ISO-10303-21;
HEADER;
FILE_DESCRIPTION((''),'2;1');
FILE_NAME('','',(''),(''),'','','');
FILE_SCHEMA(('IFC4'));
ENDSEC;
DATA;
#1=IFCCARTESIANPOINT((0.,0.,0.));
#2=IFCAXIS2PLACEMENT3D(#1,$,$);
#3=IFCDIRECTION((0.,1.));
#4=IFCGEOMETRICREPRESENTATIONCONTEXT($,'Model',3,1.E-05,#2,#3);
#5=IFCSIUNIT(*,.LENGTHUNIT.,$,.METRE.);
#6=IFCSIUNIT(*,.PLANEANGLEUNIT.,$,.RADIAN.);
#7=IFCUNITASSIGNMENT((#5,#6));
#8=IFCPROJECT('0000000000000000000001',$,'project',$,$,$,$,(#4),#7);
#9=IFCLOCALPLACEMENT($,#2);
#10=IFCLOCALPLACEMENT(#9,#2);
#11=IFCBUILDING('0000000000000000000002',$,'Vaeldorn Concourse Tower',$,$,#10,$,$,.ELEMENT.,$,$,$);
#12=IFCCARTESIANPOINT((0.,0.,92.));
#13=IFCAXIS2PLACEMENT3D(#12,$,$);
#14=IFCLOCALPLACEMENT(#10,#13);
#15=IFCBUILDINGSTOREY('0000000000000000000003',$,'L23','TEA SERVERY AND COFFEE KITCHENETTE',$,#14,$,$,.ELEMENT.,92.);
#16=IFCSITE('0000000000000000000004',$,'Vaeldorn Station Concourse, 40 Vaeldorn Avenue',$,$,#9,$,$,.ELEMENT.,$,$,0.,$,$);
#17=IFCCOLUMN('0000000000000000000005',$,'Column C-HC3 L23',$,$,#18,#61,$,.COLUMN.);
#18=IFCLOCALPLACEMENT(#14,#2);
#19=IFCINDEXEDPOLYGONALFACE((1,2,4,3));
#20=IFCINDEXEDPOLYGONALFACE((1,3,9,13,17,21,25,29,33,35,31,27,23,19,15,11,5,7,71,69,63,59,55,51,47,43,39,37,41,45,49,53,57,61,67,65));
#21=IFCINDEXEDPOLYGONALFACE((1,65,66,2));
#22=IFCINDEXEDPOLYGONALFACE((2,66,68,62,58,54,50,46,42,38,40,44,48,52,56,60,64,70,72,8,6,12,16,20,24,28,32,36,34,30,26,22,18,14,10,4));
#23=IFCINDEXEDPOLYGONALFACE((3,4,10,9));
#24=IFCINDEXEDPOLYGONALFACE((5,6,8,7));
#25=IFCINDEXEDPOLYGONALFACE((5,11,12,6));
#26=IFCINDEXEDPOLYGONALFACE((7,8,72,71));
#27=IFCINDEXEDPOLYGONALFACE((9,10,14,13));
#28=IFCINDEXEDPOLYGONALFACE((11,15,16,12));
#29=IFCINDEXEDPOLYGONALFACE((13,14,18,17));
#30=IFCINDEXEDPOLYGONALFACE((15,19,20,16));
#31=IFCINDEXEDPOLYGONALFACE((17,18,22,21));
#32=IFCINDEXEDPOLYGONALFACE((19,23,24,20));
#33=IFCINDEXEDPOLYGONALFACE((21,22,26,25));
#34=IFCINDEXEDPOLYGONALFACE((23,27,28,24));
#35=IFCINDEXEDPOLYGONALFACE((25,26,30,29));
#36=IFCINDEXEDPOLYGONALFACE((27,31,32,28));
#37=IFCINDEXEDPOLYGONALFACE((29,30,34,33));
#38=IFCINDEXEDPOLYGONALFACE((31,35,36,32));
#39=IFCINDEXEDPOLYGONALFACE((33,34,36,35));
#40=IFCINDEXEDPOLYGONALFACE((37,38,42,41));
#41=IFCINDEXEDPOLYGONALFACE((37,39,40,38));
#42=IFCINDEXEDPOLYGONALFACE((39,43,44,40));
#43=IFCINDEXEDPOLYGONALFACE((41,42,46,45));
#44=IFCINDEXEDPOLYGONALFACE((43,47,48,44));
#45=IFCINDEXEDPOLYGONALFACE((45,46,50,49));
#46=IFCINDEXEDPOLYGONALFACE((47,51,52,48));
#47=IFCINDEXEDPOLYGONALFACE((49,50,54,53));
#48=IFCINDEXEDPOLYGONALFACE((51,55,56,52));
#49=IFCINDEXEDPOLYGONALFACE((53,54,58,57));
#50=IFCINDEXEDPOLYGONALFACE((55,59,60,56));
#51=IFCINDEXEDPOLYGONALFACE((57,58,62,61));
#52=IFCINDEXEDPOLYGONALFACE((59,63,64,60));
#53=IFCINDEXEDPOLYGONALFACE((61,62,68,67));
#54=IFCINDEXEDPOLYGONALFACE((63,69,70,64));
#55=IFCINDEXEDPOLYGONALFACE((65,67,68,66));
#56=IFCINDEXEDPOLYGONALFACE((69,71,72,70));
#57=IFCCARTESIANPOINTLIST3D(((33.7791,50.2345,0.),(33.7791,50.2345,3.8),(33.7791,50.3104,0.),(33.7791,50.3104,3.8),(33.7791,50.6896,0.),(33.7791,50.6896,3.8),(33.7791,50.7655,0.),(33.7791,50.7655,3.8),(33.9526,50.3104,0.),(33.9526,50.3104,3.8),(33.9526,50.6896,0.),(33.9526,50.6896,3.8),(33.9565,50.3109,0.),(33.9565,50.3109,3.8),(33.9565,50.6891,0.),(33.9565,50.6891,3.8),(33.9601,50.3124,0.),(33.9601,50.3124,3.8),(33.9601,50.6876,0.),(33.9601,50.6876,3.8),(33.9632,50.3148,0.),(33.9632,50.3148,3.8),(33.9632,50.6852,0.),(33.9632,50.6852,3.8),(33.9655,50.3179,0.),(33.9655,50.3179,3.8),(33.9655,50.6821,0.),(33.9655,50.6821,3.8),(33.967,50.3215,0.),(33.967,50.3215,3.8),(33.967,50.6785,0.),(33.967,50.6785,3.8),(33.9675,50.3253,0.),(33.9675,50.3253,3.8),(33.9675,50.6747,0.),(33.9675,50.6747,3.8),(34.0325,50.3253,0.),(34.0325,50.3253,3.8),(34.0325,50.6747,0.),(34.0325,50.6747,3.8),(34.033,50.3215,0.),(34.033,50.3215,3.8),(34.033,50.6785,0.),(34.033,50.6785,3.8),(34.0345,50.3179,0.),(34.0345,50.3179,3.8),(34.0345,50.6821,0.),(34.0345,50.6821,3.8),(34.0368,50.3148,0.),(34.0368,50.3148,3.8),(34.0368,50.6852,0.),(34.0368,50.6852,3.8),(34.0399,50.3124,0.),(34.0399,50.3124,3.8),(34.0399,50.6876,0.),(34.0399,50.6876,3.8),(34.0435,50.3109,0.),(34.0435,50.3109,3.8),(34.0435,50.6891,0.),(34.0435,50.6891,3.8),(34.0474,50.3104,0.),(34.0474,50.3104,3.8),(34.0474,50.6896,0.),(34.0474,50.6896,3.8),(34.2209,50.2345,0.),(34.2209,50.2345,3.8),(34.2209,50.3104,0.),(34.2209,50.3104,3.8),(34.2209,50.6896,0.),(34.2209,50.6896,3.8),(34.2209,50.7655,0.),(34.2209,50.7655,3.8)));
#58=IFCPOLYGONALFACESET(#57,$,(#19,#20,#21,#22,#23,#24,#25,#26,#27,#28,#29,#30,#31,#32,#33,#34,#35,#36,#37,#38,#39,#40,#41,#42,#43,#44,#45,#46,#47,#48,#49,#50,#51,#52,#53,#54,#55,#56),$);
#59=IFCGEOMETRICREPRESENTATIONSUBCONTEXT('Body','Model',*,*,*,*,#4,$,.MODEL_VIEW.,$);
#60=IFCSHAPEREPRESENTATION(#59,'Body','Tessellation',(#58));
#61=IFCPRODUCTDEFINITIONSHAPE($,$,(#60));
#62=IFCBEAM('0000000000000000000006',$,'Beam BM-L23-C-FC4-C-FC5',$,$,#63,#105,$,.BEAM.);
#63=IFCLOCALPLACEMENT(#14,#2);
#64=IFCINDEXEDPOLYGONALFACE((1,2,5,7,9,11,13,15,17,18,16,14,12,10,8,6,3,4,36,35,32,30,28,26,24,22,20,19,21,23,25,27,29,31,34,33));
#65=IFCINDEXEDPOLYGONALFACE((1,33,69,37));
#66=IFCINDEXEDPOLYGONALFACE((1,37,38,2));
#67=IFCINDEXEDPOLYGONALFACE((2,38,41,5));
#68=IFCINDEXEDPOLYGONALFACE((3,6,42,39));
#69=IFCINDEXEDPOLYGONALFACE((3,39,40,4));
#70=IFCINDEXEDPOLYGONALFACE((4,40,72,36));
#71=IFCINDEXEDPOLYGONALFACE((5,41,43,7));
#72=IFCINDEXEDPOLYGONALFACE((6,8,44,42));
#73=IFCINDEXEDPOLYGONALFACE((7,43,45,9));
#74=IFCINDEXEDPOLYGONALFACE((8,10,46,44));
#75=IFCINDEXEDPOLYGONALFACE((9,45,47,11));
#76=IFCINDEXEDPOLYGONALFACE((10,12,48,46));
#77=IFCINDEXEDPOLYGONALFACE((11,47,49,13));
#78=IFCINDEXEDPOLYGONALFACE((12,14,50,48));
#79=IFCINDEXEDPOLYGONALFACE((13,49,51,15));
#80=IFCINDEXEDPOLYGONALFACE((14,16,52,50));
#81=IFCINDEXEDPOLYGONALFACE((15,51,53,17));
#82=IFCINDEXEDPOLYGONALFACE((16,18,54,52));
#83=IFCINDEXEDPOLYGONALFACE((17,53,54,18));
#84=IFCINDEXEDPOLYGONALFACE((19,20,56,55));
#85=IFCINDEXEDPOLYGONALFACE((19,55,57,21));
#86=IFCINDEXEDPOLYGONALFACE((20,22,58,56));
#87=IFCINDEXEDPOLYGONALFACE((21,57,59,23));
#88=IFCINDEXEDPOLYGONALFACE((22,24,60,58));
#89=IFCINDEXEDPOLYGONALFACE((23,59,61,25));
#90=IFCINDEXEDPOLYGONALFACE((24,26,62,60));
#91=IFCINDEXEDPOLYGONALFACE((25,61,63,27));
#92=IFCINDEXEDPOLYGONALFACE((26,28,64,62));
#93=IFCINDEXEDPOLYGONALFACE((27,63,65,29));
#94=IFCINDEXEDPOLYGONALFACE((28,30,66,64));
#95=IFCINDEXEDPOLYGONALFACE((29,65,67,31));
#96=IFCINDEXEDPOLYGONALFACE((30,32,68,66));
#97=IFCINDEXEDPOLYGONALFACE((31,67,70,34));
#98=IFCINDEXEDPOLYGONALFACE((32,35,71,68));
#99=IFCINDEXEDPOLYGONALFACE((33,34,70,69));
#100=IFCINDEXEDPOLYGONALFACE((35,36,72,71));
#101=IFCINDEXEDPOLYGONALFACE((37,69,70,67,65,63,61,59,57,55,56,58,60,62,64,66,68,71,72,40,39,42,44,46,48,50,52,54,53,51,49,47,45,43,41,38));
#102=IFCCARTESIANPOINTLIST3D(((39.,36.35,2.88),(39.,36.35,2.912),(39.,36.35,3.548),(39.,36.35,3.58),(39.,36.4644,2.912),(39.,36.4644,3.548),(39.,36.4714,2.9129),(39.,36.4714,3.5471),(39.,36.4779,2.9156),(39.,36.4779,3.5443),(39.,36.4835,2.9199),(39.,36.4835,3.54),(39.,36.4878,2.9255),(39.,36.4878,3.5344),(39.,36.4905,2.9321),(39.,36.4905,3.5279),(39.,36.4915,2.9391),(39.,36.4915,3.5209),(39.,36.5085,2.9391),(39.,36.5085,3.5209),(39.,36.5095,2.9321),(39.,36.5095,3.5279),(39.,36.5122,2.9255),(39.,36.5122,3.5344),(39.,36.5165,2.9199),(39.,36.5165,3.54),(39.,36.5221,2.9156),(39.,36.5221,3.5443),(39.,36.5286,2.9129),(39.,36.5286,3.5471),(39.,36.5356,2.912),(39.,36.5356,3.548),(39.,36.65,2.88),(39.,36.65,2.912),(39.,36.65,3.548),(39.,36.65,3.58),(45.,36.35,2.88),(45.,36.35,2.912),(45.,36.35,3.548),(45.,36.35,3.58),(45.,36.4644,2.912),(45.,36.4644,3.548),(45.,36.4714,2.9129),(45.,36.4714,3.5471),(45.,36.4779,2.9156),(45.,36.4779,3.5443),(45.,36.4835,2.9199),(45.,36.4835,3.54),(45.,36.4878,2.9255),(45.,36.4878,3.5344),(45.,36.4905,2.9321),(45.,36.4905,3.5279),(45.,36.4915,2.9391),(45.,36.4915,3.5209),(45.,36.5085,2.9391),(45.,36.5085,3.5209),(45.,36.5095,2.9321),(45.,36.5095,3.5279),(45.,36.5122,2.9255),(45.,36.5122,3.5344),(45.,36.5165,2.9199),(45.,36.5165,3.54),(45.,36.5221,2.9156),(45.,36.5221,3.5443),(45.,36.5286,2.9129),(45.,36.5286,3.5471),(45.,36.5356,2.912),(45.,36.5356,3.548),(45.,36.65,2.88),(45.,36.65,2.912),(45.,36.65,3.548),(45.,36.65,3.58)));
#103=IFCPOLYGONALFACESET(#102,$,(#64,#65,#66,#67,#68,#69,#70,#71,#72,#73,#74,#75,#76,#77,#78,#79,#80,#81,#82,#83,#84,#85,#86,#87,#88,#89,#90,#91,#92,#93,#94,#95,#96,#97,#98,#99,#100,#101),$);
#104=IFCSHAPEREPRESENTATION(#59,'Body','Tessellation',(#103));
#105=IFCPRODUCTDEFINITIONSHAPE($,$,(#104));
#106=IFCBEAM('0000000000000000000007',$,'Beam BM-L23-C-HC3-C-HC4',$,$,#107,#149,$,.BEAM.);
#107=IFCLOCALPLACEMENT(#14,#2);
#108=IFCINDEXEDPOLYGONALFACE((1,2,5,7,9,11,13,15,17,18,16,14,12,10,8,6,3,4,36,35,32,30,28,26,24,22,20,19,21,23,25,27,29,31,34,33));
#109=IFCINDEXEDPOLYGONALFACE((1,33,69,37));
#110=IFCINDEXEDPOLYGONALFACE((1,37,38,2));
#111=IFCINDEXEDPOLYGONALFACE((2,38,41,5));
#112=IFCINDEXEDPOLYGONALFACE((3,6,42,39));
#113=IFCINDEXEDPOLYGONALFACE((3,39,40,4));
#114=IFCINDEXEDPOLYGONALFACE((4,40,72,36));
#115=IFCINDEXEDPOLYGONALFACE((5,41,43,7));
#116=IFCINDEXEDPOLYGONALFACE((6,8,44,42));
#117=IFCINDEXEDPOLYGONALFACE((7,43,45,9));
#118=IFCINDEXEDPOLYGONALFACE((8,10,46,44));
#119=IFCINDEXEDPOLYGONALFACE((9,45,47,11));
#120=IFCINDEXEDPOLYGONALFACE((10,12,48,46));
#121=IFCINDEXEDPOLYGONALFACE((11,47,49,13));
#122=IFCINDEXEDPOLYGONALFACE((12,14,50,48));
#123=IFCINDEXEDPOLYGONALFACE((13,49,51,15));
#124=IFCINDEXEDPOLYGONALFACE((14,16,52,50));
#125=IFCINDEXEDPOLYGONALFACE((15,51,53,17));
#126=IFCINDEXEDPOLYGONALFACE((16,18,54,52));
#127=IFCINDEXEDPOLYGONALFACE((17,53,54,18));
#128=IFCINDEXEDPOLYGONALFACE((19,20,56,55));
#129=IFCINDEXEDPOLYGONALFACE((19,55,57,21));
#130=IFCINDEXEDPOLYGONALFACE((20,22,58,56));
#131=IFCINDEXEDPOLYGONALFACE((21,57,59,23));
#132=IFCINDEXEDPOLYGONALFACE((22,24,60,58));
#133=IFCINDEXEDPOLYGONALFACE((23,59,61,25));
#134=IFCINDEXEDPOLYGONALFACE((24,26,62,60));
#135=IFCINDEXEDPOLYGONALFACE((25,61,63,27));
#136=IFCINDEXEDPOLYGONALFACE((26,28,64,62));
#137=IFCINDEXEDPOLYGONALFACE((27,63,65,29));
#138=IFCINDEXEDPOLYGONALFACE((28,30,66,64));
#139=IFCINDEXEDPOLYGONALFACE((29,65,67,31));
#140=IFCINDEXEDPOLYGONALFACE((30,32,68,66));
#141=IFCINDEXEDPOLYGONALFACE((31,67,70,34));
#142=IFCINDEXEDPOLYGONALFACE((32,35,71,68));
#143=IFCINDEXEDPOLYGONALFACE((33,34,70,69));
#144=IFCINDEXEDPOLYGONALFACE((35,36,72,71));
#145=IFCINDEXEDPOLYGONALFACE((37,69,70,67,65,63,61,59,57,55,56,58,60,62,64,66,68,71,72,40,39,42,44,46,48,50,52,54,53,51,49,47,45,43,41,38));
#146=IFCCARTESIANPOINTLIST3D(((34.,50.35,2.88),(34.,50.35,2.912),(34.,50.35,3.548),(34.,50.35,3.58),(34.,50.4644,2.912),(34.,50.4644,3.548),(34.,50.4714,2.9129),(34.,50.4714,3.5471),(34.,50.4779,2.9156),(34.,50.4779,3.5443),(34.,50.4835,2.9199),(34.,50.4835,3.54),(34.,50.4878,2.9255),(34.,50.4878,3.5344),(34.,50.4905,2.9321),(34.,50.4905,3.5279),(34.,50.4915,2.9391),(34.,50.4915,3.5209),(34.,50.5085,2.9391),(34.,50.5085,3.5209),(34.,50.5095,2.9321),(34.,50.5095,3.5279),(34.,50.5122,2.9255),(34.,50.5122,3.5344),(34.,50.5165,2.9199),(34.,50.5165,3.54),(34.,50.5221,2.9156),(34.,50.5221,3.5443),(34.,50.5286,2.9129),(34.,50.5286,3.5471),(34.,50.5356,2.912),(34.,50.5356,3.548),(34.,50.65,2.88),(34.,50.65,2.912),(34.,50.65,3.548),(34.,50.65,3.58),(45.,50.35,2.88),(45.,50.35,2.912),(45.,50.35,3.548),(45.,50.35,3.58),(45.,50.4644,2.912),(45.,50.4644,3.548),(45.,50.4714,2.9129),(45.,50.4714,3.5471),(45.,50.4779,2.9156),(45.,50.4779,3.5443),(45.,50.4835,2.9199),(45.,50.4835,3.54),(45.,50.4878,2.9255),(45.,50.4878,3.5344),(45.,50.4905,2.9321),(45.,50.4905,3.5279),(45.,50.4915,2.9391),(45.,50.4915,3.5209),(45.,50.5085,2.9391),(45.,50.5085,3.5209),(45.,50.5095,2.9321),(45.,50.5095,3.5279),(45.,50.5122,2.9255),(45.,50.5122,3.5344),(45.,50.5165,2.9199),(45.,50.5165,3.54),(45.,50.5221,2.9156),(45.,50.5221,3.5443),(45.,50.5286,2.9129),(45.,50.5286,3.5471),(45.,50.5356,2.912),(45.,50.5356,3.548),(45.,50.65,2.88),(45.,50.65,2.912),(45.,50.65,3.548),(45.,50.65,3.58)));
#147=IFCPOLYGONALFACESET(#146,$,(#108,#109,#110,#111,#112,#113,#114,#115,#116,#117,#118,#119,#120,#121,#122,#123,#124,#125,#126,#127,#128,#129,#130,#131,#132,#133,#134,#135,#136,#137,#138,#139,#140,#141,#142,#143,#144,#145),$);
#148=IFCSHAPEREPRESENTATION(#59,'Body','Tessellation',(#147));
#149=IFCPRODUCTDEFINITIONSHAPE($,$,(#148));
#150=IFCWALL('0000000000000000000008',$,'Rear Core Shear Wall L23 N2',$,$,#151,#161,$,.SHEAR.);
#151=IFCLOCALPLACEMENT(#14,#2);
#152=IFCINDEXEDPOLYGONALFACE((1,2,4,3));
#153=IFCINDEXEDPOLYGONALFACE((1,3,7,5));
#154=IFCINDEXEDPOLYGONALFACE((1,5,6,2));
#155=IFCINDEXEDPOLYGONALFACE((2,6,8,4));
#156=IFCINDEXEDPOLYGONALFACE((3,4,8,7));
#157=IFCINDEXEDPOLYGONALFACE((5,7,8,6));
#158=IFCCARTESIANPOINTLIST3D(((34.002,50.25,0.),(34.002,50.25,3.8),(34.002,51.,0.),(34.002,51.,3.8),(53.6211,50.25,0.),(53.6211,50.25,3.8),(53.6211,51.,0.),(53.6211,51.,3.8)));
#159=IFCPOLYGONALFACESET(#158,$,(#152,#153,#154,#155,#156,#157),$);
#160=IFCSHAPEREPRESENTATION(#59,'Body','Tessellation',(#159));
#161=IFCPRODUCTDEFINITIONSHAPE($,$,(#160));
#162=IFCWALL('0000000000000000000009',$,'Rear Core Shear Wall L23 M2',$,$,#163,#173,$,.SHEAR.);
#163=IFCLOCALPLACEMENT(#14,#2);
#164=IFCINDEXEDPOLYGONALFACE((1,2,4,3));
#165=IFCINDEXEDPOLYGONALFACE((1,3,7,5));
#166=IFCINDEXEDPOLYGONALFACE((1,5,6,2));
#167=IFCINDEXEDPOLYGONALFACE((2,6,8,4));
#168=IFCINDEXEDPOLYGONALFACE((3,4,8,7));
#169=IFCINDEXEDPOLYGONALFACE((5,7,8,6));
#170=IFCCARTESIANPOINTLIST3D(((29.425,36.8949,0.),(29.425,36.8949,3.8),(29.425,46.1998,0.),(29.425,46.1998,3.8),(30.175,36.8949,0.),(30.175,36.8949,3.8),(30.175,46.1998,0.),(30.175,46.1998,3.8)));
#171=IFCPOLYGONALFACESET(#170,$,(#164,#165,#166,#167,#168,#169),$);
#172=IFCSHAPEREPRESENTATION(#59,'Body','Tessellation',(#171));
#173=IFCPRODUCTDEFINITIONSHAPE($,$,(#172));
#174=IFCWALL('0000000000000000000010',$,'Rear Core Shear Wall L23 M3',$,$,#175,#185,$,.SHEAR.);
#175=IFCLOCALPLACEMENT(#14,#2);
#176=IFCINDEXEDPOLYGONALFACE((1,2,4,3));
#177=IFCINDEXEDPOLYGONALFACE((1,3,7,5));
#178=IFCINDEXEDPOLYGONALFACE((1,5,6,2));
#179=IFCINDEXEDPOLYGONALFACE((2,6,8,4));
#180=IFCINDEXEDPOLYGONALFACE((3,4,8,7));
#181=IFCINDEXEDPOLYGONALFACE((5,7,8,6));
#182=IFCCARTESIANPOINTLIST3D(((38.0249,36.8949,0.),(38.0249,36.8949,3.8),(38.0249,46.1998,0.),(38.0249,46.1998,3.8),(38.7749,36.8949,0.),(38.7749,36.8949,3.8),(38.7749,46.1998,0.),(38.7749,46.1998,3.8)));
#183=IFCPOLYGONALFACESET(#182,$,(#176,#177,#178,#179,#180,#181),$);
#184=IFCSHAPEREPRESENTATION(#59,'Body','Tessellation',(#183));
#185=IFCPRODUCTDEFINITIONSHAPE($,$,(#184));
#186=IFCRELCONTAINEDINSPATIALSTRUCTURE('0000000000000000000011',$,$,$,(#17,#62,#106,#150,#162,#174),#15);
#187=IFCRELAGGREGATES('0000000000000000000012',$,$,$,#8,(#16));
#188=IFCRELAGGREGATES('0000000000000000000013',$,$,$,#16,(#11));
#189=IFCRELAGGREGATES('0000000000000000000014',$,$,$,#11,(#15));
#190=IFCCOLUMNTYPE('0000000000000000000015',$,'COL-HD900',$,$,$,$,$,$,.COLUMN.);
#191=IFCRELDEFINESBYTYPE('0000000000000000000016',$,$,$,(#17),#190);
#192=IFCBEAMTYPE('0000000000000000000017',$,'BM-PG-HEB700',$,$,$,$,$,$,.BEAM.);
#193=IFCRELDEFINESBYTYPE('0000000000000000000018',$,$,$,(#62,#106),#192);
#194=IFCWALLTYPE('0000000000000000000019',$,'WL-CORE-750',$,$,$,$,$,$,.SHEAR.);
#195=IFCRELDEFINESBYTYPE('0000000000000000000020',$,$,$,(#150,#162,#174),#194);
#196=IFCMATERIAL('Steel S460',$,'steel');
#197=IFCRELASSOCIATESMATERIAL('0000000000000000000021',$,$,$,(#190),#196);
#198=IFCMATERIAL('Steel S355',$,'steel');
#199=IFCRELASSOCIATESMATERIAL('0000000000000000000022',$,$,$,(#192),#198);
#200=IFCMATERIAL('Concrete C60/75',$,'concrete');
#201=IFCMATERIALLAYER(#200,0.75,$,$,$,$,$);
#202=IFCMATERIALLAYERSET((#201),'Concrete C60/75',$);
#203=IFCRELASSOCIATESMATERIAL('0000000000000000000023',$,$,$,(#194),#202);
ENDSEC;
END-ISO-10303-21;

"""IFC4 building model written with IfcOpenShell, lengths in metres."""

from ifc_helpers import new_model, si_unit, direction, frame, frame_2d, origin, origin_2d, place, context, subcontext, project, spatial, rectangle, i_section, extrude, source, transform, mapped, material, layer, layer_set, material_profile, profile_set, type_object, element, save


model = new_model("IFC4")

# Units and contexts
model_context = context("Model", 3, precision=1e-05, world=origin(), true_north=direction((0.0, 1.0)))
body_context = subcontext(model_context, "Body", "Model", "MODEL_VIEW")
ifc_project = project(units=[si_unit("LENGTHUNIT", "METRE"), si_unit("PLANEANGLEUNIT", "RADIAN")], contexts=[model_context])

# Site, building, storey
site_placement = place(None, origin())
site = spatial("IfcSite", under=ifc_project, at=site_placement, Name="Vaeldorn Station Concourse, 40 Vaeldorn Avenue", CompositionType="ELEMENT", RefElevation=0.0)
building_placement = place(site_placement, origin())
building = spatial("IfcBuilding", under=site, at=building_placement, Name="Vaeldorn Concourse Tower", CompositionType="ELEMENT")
storey_placement = place(building_placement, frame((0.0, 0.0, 92.0)))
storey = spatial("IfcBuildingStorey", under=building, at=storey_placement, Name="L23", Description="TEA SERVERY AND COFFEE KITCHENETTE", CompositionType="ELEMENT", Elevation=92.0)

# Column
ifc_material_1 = material(Name="Steel S460", Category="steel")
ifc_material_profile_1 = material_profile(ifc_material_1, i_section(OverallWidth=0.4419, OverallDepth=0.531, WebThickness=0.0649, FlangeThickness=0.0759, FilletRadius=0.0149, at=origin_2d()), Name="HD 400x900")
ifc_profile_set_1 = profile_set([ifc_material_profile_1], Name="Steel S460")
column_type = type_object("IfcColumnType", Name="COL-HD900", PredefinedType="COLUMN", material=ifc_profile_set_1)
shared_shape_1 = source(origin(), body_context, "Body", "SweptSolid", [
    extrude(i_section(OverallWidth=0.4419, OverallDepth=0.531, WebThickness=0.0649, FlangeThickness=0.0759, FilletRadius=0.0149, at=origin_2d()), origin(), (0.0, 0.0, 1.0), 3.8),
])
column_placement = place(storey_placement, frame((34.0, 50.5, 0.0), z_axis=(0.0, 0.0, 1.0), x_axis=(1.0, 0.0, 0.0)))
element("IfcColumn", 1, at=column_placement, inside=storey, type_object=column_type, Name="Column C-HC3 L23", PredefinedType="COLUMN", context=body_context, shape_type="MappedRepresentation", body=[
    mapped(shared_shape_1, transform((0.0, 0.0, 0.0), scale=1.0)),
])

# Beams
ifc_material_2 = material(Name="Steel S355", Category="steel")
ifc_material_profile_2 = material_profile(ifc_material_2, i_section(OverallWidth=0.3, OverallDepth=0.7, WebThickness=0.0171, FlangeThickness=0.032, FilletRadius=0.0271, at=origin_2d()), Name="HEB 700")
ifc_profile_set_2 = profile_set([ifc_material_profile_2], Name="Steel S355")
beam_type = type_object("IfcBeamType", Name="BM-PG-HEB700", PredefinedType="BEAM", material=ifc_profile_set_2)
shared_shape_2 = source(origin(), body_context, "Body", "SweptSolid", [
    extrude(i_section(OverallWidth=0.3, OverallDepth=0.7, WebThickness=0.0171, FlangeThickness=0.032, FilletRadius=0.0271, at=origin_2d()), origin(), (0.0, 0.0, 1.0), 6.0),
])
beam_1_placement = place(storey_placement, frame((39.0, 36.5, 3.23), z_axis=(1.0, 0.0, 0.0), x_axis=(0.0, 1.0, 0.0)))
element("IfcBeam", 2, at=beam_1_placement, inside=storey, type_object=beam_type, Name="Beam BM-L23-C-FC4-C-FC5", PredefinedType="BEAM", context=body_context, shape_type="MappedRepresentation", body=[
    mapped(shared_shape_2, transform((0.0, 0.0, 0.0), scale=1.0)),
])
shared_shape_3 = source(origin(), body_context, "Body", "SweptSolid", [
    extrude(i_section(OverallWidth=0.3, OverallDepth=0.7, WebThickness=0.0171, FlangeThickness=0.032, FilletRadius=0.0271, at=origin_2d()), origin(), (0.0, 0.0, 1.0), 11.0),
])
beam_2_placement = place(storey_placement, frame((34.0, 50.5, 3.23), z_axis=(1.0, 0.0, 0.0), x_axis=(0.0, 1.0, 0.0)))
element("IfcBeam", 3, at=beam_2_placement, inside=storey, type_object=beam_type, Name="Beam BM-L23-C-HC3-C-HC4", PredefinedType="BEAM", context=body_context, shape_type="MappedRepresentation", body=[
    mapped(shared_shape_3, transform((0.0, 0.0, 0.0), scale=1.0)),
])

# Walls
ifc_material_3 = material(Name="Concrete C60/75", Category="concrete")
ifc_layer_1 = layer(ifc_material_3, 0.75)
ifc_layer_set_1 = layer_set([ifc_layer_1], Name="Concrete C60/75")
wall_type_1 = type_object("IfcWallType", Name="WL-CORE-750", PredefinedType="SHEAR", material=ifc_layer_set_1)
wall_1_placement = place(storey_placement, frame((34.002, 50.625, 0.0), z_axis=(0.0, 0.0, 1.0), x_axis=(1.0, 0.0, 0.0)))
element("IfcWall", 4, at=wall_1_placement, inside=storey, type_object=wall_type_1, Name="Rear Core Shear Wall L23 N2", PredefinedType="SHEAR", context=body_context, shape_type="SweptSolid", body=[
    extrude(rectangle(XDim=19.6191, YDim=0.75, at=frame_2d((9.8096, 0.0))), origin(), (0.0, 0.0, 1.0), 3.8),
])
for number, where, z_axis, x_axis, name in (
    (5, (29.8, 36.895, 0.0), (0.0, 0.0, 1.0), (0.0, 1.0, 0.0), "Rear Core Shear Wall L23 M2"),
    (6, (38.3999, 36.895, 0.0), (0.0, 0.0, 1.0), (0.0, 1.0, 0.0), "Rear Core Shear Wall L23 M3"),
):
    element("IfcWall", number, at=place(storey_placement, frame(where, z_axis=z_axis, x_axis=x_axis)), inside=storey, type_object=wall_type_1, Name=name, PredefinedType="SHEAR", context=body_context, shape_type="SweptSolid", body=[
        extrude(rectangle(XDim=9.3049, YDim=0.75, at=frame_2d((4.6523, 0.0))), origin(), (0.0, 0.0, 1.0), 3.8),
    ])

save(model, "model.ifc")
